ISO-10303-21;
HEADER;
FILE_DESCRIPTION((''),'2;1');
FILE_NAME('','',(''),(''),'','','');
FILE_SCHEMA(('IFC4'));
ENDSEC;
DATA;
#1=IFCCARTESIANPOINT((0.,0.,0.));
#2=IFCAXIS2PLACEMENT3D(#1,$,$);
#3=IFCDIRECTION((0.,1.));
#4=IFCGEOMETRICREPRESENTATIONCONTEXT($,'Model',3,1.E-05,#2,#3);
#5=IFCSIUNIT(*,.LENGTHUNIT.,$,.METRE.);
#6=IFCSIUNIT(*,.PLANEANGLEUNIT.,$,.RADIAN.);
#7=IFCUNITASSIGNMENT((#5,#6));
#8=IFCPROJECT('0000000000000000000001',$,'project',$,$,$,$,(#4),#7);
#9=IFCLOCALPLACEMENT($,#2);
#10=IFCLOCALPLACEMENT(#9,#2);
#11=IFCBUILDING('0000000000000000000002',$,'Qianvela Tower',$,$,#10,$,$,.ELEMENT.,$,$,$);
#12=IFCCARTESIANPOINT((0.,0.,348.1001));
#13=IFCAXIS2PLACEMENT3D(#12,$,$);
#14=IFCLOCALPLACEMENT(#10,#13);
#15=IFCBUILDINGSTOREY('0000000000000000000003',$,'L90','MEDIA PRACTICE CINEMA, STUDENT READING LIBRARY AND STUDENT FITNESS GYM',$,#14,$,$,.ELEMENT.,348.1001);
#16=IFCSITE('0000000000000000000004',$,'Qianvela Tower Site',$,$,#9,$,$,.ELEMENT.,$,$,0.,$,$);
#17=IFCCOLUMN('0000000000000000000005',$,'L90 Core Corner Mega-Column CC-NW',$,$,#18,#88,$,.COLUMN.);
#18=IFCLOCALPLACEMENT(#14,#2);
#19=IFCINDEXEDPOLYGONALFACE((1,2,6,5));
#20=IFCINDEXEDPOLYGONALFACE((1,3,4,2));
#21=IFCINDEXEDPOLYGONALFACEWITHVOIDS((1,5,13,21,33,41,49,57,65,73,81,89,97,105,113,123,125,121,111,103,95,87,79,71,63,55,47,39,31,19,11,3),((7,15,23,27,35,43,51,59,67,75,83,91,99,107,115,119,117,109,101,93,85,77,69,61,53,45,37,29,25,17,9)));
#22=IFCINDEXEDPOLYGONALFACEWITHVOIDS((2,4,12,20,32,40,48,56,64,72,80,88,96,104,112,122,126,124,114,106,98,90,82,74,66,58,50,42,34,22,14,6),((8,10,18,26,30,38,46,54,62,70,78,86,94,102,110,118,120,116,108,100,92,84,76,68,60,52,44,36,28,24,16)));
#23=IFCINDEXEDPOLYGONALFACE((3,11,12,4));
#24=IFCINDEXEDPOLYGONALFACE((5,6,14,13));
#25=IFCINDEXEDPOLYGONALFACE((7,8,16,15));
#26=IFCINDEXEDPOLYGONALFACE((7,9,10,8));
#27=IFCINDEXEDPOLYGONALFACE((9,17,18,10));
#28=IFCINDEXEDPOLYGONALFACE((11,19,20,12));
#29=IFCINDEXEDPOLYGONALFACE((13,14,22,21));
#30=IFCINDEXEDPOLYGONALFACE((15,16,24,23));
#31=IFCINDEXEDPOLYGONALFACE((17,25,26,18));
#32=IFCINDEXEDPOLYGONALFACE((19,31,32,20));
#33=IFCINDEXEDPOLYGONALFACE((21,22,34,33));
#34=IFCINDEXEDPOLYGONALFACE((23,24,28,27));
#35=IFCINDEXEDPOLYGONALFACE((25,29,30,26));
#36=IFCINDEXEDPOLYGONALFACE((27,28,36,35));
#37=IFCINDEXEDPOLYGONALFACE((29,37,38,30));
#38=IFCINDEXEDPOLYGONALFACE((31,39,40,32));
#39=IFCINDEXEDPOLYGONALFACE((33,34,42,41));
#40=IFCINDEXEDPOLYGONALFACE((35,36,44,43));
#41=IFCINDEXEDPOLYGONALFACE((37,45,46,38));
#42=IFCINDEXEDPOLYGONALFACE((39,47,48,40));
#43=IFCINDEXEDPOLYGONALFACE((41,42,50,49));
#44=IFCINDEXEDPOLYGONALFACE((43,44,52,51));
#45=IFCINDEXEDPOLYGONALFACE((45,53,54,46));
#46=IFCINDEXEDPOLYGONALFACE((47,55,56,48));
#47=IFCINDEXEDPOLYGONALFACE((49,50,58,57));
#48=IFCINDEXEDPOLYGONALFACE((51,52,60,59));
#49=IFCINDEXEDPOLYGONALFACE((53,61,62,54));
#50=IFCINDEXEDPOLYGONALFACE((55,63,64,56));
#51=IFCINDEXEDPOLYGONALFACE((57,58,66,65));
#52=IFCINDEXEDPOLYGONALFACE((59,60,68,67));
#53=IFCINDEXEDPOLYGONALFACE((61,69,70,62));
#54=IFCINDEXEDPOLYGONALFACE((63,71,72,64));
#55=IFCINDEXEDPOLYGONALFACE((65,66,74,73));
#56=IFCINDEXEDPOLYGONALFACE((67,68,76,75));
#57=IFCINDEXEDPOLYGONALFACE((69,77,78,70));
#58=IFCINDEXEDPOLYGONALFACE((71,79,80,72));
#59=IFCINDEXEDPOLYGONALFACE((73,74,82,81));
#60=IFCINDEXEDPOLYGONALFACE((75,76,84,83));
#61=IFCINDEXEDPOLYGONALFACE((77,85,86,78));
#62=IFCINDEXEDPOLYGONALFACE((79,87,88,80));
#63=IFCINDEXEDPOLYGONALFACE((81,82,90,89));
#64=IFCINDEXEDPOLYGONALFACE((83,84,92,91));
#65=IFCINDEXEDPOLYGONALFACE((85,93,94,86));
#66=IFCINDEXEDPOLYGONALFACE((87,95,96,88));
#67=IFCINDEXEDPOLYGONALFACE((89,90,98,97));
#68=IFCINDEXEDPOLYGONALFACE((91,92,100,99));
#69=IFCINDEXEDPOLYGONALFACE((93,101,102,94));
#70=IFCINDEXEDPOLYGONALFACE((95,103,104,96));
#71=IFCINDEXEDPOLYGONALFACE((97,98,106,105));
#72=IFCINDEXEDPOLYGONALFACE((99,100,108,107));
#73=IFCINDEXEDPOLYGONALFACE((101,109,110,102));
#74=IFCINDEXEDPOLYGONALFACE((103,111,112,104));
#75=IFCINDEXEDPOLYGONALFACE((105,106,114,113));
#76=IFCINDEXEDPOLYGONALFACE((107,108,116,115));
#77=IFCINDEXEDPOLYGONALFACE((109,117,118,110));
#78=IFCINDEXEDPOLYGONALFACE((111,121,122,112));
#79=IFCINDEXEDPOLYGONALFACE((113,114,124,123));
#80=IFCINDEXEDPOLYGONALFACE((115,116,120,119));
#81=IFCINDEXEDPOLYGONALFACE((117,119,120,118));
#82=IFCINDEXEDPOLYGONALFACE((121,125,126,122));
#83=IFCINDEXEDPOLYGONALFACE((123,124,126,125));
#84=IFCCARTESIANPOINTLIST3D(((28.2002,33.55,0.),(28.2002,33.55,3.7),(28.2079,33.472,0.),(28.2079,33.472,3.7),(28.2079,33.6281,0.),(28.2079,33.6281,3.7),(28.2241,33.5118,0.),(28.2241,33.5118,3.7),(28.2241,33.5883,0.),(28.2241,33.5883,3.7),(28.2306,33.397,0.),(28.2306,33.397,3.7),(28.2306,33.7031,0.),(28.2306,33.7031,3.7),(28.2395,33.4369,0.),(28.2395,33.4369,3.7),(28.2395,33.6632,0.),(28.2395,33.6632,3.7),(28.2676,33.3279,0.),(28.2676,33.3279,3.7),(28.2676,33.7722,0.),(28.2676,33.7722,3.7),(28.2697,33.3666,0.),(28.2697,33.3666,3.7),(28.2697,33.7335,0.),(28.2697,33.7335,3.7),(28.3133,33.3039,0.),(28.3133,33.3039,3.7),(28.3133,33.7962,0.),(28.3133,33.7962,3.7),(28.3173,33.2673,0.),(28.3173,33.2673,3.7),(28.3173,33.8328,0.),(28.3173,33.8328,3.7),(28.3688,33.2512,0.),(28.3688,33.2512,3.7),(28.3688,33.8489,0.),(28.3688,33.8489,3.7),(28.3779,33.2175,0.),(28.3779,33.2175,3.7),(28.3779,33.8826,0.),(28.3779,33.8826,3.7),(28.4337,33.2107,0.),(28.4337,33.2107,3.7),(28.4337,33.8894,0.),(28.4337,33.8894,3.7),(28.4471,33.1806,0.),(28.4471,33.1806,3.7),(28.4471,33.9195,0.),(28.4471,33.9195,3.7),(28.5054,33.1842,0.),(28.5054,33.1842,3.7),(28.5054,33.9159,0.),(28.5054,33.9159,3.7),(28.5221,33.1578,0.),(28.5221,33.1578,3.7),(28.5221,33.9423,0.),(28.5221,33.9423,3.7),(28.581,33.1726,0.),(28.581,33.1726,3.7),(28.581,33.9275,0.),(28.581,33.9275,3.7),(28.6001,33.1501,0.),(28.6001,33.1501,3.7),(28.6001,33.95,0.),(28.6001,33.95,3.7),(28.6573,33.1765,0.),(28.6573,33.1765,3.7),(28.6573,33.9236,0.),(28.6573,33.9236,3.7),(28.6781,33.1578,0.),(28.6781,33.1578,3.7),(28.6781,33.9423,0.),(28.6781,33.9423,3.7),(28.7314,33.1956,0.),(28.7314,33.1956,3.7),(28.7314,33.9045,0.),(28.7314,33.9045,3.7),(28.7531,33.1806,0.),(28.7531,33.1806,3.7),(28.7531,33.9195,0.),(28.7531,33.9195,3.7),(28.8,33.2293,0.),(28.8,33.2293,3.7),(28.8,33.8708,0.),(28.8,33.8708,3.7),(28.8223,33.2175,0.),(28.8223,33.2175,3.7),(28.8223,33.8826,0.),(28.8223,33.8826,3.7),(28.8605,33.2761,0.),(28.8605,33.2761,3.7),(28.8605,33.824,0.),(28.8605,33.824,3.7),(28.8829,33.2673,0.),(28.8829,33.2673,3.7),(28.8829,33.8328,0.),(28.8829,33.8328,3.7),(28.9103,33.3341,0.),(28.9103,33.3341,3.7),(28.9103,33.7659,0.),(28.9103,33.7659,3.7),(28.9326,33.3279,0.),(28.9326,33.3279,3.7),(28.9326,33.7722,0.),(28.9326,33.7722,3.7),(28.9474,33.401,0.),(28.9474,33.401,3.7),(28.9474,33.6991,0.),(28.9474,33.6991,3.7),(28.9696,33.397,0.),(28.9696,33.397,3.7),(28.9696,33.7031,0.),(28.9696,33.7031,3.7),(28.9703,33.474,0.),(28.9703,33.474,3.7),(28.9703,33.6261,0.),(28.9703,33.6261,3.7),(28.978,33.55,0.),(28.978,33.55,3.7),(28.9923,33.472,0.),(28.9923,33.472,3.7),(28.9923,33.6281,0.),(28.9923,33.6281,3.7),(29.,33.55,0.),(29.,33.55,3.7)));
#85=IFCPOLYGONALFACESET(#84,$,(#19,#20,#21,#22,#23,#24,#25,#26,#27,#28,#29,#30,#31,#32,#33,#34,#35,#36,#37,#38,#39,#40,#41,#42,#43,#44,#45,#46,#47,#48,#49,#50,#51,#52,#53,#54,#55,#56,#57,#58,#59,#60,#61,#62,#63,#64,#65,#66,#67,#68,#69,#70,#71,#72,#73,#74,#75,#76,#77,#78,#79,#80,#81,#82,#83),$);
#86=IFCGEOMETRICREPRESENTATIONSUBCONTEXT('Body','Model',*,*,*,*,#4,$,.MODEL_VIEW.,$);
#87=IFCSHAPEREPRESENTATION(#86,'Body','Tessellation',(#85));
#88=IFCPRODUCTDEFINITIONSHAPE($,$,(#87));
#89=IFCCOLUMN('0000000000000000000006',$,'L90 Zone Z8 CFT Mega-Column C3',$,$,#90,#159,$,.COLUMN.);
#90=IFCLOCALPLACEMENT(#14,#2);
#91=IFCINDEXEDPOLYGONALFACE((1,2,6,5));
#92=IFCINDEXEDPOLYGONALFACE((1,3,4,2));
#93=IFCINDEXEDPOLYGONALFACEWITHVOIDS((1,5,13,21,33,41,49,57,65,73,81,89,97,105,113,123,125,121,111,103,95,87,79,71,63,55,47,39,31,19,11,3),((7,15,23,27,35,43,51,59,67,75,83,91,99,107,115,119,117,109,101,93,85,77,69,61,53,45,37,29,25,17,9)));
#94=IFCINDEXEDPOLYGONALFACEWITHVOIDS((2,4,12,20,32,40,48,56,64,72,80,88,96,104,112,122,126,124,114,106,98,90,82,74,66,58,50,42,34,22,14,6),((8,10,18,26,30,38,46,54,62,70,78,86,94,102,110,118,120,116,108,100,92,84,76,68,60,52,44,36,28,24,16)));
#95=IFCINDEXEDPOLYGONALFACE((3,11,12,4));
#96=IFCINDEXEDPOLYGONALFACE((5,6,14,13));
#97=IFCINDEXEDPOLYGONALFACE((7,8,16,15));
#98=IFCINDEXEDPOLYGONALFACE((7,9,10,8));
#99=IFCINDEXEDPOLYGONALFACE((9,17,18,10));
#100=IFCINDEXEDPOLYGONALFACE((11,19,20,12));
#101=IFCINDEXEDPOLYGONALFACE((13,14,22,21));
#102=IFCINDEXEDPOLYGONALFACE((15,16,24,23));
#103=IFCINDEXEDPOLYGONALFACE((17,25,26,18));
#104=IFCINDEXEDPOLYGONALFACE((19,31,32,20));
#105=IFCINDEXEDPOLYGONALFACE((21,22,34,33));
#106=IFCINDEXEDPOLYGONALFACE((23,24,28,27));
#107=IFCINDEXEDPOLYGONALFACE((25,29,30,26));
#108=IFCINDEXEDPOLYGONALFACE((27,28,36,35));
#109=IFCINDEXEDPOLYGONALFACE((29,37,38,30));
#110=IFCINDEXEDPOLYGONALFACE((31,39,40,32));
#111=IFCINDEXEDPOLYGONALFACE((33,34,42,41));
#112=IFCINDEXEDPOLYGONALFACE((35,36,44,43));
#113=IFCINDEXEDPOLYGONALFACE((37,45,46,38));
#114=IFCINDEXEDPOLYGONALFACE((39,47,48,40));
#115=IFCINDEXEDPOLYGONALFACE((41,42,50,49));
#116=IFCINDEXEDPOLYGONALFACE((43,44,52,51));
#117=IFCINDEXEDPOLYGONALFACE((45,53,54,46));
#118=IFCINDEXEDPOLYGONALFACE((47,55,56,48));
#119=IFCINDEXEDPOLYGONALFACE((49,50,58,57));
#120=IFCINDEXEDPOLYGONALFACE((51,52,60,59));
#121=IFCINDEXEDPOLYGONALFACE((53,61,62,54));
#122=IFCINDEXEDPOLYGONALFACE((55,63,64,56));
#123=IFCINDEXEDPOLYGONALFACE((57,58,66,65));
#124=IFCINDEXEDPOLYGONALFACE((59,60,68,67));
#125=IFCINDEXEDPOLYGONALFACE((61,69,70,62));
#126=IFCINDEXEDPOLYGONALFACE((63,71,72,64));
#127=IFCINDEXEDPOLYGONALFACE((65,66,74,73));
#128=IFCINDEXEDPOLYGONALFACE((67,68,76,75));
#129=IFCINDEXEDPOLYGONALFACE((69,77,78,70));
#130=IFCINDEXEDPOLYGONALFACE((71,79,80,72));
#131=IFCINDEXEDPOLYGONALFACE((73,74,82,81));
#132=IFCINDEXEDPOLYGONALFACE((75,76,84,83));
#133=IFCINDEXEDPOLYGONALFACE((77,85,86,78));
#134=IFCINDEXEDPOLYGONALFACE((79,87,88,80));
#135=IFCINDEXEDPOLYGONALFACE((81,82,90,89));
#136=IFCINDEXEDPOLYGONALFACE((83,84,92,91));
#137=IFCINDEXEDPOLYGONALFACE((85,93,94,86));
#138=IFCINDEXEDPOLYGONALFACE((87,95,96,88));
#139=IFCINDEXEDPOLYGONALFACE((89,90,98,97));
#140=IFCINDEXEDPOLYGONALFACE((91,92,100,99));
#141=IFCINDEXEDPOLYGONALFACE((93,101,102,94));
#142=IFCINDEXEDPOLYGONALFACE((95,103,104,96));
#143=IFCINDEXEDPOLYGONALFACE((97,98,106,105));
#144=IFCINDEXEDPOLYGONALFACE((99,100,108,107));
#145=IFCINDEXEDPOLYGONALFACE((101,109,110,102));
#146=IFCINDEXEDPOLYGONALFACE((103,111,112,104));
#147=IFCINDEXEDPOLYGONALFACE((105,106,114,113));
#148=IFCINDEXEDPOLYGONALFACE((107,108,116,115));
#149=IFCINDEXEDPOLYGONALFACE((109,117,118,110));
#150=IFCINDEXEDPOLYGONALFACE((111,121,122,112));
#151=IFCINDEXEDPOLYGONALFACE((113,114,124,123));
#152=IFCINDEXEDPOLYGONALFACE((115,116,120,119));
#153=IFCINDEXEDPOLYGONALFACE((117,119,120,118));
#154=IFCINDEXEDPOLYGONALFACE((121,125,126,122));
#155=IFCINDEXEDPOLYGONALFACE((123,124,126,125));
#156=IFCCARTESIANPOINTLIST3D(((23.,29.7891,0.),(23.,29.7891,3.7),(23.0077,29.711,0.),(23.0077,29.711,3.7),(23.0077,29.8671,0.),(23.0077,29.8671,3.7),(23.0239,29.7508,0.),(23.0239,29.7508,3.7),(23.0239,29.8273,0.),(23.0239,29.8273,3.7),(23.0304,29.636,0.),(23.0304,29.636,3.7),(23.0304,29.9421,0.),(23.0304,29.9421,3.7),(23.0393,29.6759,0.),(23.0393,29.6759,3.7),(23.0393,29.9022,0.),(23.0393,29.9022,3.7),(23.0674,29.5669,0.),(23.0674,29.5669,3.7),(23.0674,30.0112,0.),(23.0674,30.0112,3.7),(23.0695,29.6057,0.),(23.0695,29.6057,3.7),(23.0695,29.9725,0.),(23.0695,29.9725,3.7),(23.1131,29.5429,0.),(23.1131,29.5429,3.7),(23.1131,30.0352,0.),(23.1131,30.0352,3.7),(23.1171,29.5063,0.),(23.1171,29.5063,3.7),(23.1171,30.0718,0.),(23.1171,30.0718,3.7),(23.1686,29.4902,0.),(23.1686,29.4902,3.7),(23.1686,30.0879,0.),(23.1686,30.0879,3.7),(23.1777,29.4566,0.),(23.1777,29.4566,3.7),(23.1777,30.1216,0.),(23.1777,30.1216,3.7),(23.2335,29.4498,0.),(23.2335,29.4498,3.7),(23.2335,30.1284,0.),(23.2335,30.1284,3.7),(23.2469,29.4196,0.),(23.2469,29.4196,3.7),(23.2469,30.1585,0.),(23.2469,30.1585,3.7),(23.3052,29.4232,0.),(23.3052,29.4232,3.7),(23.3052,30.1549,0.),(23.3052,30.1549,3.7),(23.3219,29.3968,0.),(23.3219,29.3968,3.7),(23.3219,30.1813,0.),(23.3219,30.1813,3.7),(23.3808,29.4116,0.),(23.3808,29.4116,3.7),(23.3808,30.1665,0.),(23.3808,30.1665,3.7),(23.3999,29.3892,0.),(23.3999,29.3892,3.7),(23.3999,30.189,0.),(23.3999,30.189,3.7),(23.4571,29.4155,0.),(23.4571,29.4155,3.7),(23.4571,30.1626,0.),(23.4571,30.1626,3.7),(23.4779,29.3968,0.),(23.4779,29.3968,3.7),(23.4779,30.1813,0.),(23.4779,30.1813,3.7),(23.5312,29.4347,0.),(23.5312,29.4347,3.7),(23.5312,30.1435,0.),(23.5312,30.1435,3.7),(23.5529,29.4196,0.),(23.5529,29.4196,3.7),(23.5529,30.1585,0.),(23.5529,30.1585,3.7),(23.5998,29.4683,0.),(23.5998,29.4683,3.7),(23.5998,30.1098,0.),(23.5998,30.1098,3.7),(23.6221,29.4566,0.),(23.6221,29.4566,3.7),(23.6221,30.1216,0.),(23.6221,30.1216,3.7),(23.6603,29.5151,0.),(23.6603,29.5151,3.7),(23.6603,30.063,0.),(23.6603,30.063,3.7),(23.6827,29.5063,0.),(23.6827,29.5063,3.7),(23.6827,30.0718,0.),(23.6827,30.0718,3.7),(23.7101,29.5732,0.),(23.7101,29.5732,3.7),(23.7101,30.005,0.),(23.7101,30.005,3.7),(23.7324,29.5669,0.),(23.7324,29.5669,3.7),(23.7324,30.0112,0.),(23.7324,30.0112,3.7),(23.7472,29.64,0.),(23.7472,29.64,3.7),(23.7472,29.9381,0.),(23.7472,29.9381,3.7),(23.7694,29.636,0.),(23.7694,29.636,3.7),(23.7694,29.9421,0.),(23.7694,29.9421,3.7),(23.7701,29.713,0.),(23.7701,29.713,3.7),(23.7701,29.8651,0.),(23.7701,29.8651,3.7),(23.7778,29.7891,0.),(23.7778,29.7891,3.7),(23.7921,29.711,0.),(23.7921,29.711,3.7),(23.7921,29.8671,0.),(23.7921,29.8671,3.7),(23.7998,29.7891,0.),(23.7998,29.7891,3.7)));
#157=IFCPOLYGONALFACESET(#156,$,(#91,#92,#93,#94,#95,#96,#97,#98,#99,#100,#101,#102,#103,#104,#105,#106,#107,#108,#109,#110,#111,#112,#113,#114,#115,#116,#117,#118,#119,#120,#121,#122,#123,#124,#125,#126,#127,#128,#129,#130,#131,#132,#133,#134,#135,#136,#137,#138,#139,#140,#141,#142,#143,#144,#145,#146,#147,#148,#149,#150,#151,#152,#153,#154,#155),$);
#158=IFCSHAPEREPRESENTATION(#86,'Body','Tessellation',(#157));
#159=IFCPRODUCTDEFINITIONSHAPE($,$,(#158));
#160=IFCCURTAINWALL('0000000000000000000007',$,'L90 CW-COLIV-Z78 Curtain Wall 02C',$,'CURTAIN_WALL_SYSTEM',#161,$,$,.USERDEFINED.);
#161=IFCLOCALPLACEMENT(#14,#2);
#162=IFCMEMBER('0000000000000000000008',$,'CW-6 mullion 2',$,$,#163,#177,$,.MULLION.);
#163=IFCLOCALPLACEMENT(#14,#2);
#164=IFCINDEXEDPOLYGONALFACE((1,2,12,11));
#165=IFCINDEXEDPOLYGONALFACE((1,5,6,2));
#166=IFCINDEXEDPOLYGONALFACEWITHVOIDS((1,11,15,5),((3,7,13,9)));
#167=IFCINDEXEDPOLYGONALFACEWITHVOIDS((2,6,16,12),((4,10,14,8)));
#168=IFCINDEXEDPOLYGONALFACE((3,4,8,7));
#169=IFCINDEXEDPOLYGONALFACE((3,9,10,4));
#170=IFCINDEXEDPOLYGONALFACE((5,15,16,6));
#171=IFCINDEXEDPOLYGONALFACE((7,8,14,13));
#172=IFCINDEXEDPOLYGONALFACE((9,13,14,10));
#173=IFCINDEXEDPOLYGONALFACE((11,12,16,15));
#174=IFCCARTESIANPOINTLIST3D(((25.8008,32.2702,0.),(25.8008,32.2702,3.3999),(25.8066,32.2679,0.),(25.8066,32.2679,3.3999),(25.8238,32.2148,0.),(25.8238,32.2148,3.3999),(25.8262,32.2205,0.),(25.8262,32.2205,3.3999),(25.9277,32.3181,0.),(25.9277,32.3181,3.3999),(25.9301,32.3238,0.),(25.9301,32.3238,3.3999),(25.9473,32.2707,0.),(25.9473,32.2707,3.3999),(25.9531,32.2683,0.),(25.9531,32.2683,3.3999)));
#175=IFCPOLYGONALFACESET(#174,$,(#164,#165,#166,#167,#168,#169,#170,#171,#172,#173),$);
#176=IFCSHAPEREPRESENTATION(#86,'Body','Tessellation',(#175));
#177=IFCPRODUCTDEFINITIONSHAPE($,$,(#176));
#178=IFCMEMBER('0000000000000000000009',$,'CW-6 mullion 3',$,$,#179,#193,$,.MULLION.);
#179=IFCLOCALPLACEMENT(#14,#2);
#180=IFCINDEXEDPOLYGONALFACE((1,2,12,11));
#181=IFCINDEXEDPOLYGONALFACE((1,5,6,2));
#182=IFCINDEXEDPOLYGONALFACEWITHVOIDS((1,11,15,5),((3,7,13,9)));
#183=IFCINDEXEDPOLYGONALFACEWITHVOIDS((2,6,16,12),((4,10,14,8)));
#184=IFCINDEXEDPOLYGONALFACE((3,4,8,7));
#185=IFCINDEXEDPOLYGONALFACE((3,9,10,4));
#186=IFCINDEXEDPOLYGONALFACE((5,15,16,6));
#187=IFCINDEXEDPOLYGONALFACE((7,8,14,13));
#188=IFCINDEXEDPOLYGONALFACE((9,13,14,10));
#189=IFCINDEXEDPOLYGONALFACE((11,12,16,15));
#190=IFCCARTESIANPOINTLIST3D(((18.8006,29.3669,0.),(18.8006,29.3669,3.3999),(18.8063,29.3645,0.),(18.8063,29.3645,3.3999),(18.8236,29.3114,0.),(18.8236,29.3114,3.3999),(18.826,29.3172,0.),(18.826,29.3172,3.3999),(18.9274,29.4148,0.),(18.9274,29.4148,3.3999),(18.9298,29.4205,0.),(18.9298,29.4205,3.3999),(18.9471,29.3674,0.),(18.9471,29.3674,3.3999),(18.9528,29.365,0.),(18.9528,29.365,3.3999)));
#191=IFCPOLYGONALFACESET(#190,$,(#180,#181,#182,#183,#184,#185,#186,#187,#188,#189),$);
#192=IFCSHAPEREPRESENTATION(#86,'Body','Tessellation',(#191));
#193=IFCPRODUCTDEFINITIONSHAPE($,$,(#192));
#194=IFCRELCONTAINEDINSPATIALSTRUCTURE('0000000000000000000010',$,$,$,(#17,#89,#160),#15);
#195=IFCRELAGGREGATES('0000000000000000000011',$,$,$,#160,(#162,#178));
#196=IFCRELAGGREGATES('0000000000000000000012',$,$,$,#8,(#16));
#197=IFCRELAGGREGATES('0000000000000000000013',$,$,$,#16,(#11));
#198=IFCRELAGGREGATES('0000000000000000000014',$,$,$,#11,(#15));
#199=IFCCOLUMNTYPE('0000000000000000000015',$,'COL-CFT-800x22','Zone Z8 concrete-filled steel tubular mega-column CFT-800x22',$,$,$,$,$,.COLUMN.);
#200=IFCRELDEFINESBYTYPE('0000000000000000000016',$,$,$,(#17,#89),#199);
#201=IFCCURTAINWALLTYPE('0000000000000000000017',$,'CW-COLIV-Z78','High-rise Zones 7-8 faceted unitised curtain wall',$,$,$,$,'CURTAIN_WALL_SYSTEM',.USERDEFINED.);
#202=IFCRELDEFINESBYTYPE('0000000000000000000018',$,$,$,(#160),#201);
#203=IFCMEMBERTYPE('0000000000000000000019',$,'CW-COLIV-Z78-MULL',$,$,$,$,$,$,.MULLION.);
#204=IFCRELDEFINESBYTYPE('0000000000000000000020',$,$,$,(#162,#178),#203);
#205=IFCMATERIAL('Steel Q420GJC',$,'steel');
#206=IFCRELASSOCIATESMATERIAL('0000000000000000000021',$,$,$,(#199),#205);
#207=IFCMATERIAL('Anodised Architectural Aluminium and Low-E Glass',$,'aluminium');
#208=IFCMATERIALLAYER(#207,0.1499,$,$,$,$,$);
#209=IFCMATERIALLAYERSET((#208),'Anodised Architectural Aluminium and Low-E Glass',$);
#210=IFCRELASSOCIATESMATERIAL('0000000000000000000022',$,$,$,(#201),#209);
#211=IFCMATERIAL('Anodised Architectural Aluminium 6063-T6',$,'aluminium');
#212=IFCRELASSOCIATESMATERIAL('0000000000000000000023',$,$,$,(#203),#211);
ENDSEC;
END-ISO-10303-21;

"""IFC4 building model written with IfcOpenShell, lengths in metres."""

from ifc_helpers import new_model, si_unit, direction, frame, origin, origin_2d, place, context, subcontext, project, spatial, hollow_rectangle, hollow_circle, extrude, material, layer, layer_set, material_profile, profile_set, type_object, element, aggregate, save


model = new_model("IFC4")

# Units and contexts
model_context = context("Model", 3, precision=1e-05, world=origin(), true_north=direction((0.0, 1.0)))
body_context = subcontext(model_context, "Body", "Model", "MODEL_VIEW")
ifc_project = project(units=[si_unit("LENGTHUNIT", "METRE"), si_unit("PLANEANGLEUNIT", "RADIAN")], contexts=[model_context])

# Site, building, storey
site_placement = place(None, origin())
site = spatial("IfcSite", under=ifc_project, at=site_placement, Name="Qianvela Tower Site", CompositionType="ELEMENT", RefElevation=0.0)
building_placement = place(site_placement, origin())
building = spatial("IfcBuilding", under=site, at=building_placement, Name="Qianvela Tower", CompositionType="ELEMENT")
storey_placement = place(building_placement, frame((0.0, 0.0, 348.1001)))
storey = spatial("IfcBuildingStorey", under=building, at=storey_placement, Name="L90", Description="MEDIA PRACTICE CINEMA, STUDENT READING LIBRARY AND STUDENT FITNESS GYM", CompositionType="ELEMENT", Elevation=348.1001)

# Columns
ifc_material_1 = material(Name="Steel Q420GJC", Category="steel")
ifc_material_profile_1 = material_profile(ifc_material_1, hollow_circle(Radius=0.3999, WallThickness=0.022, at=origin_2d()), Name="CFT-800x22")
ifc_profile_set_1 = profile_set([ifc_material_profile_1], Name="Steel Q420GJC")
column_type = type_object("IfcColumnType", Name="COL-CFT-800x22", Description="Zone Z8 concrete-filled steel tubular mega-column CFT-800x22", PredefinedType="COLUMN", material=ifc_profile_set_1)
for number, where, z_axis, x_axis, name in (
    (1, (28.6001, 33.55, 0.0), (0.0, 0.0, 1.0), (1.0, 0.0, 0.0), "L90 Core Corner Mega-Column CC-NW"),
    (2, (23.3999, 29.7891, 0.0), (0.0, 0.0, 1.0), (1.0, 0.0, 0.0), "L90 Zone Z8 CFT Mega-Column C3"),
):
    element("IfcColumn", number, at=place(storey_placement, frame(where, z_axis=z_axis, x_axis=x_axis)), inside=storey, type_object=column_type, Name=name, PredefinedType="COLUMN", context=body_context, shape_type="SweptSolid", body=[
        extrude(hollow_circle(Radius=0.3999, WallThickness=0.022, at=origin_2d()), origin(), (0.0, 0.0, 1.0), 3.7),
    ])

# Curtain wall, members
ifc_material_2 = material(Name="Anodised Architectural Aluminium and Low-E Glass", Category="aluminium")
ifc_layer_1 = layer(ifc_material_2, 0.1499)
ifc_layer_set_1 = layer_set([ifc_layer_1], Name="Anodised Architectural Aluminium and Low-E Glass")
curtain_wall_type = type_object("IfcCurtainWallType", Name="CW-COLIV-Z78", Description="High-rise Zones 7-8 faceted unitised curtain wall", ElementType="CURTAIN_WALL_SYSTEM", PredefinedType="USERDEFINED", material=ifc_layer_set_1)
curtain_wall_1_placement = place(storey_placement, origin())
curtain_wall_1 = element("IfcCurtainWall", 3, at=curtain_wall_1_placement, inside=storey, type_object=curtain_wall_type, Name="L90 CW-COLIV-Z78 Curtain Wall 02C", ObjectType="CURTAIN_WALL_SYSTEM", PredefinedType="USERDEFINED")
ifc_material_3 = material(Name="Anodised Architectural Aluminium 6063-T6", Category="aluminium")
ifc_material_profile_2 = material_profile(ifc_material_3, hollow_rectangle(XDim=0.0601, YDim=0.1399, WallThickness=0.0044, at=origin_2d()), Name="ALU-MULL-60x140")
ifc_profile_set_2 = profile_set([ifc_material_profile_2], Name="Anodised Architectural Aluminium 6063-T6")
member_type_1 = type_object("IfcMemberType", Name="CW-COLIV-Z78-MULL", PredefinedType="MULLION", material=ifc_profile_set_2)
member_1_placement = place(storey_placement, frame((25.877, 32.2693, 0.0), z_axis=(0.0, 0.0, 1.0), x_axis=(0.383115, -0.923701, 0.0)))
member_1 = element("IfcMember", 4, at=member_1_placement, type_object=member_type_1, Name="CW-6 mullion 2", PredefinedType="MULLION", context=body_context, shape_type="SweptSolid", body=[
    extrude(hollow_rectangle(XDim=0.0601, YDim=0.1399, WallThickness=0.0044, at=origin_2d()), origin(), (0.0, 0.0, 1.0), 3.3999),
])
member_2_placement = place(storey_placement, frame((18.8767, 29.366, 0.0), z_axis=(0.0, 0.0, 1.0), x_axis=(0.383115, -0.923701, 0.0)))
member_2 = element("IfcMember", 5, at=member_2_placement, type_object=member_type_1, Name="CW-6 mullion 3", PredefinedType="MULLION", context=body_context, shape_type="SweptSolid", body=[
    extrude(hollow_rectangle(XDim=0.0601, YDim=0.1399, WallThickness=0.0044, at=origin_2d()), origin(), (0.0, 0.0, 1.0), 3.3999),
])

aggregate(curtain_wall_1, [member_1, member_2])

save(model, "model.ifc")
